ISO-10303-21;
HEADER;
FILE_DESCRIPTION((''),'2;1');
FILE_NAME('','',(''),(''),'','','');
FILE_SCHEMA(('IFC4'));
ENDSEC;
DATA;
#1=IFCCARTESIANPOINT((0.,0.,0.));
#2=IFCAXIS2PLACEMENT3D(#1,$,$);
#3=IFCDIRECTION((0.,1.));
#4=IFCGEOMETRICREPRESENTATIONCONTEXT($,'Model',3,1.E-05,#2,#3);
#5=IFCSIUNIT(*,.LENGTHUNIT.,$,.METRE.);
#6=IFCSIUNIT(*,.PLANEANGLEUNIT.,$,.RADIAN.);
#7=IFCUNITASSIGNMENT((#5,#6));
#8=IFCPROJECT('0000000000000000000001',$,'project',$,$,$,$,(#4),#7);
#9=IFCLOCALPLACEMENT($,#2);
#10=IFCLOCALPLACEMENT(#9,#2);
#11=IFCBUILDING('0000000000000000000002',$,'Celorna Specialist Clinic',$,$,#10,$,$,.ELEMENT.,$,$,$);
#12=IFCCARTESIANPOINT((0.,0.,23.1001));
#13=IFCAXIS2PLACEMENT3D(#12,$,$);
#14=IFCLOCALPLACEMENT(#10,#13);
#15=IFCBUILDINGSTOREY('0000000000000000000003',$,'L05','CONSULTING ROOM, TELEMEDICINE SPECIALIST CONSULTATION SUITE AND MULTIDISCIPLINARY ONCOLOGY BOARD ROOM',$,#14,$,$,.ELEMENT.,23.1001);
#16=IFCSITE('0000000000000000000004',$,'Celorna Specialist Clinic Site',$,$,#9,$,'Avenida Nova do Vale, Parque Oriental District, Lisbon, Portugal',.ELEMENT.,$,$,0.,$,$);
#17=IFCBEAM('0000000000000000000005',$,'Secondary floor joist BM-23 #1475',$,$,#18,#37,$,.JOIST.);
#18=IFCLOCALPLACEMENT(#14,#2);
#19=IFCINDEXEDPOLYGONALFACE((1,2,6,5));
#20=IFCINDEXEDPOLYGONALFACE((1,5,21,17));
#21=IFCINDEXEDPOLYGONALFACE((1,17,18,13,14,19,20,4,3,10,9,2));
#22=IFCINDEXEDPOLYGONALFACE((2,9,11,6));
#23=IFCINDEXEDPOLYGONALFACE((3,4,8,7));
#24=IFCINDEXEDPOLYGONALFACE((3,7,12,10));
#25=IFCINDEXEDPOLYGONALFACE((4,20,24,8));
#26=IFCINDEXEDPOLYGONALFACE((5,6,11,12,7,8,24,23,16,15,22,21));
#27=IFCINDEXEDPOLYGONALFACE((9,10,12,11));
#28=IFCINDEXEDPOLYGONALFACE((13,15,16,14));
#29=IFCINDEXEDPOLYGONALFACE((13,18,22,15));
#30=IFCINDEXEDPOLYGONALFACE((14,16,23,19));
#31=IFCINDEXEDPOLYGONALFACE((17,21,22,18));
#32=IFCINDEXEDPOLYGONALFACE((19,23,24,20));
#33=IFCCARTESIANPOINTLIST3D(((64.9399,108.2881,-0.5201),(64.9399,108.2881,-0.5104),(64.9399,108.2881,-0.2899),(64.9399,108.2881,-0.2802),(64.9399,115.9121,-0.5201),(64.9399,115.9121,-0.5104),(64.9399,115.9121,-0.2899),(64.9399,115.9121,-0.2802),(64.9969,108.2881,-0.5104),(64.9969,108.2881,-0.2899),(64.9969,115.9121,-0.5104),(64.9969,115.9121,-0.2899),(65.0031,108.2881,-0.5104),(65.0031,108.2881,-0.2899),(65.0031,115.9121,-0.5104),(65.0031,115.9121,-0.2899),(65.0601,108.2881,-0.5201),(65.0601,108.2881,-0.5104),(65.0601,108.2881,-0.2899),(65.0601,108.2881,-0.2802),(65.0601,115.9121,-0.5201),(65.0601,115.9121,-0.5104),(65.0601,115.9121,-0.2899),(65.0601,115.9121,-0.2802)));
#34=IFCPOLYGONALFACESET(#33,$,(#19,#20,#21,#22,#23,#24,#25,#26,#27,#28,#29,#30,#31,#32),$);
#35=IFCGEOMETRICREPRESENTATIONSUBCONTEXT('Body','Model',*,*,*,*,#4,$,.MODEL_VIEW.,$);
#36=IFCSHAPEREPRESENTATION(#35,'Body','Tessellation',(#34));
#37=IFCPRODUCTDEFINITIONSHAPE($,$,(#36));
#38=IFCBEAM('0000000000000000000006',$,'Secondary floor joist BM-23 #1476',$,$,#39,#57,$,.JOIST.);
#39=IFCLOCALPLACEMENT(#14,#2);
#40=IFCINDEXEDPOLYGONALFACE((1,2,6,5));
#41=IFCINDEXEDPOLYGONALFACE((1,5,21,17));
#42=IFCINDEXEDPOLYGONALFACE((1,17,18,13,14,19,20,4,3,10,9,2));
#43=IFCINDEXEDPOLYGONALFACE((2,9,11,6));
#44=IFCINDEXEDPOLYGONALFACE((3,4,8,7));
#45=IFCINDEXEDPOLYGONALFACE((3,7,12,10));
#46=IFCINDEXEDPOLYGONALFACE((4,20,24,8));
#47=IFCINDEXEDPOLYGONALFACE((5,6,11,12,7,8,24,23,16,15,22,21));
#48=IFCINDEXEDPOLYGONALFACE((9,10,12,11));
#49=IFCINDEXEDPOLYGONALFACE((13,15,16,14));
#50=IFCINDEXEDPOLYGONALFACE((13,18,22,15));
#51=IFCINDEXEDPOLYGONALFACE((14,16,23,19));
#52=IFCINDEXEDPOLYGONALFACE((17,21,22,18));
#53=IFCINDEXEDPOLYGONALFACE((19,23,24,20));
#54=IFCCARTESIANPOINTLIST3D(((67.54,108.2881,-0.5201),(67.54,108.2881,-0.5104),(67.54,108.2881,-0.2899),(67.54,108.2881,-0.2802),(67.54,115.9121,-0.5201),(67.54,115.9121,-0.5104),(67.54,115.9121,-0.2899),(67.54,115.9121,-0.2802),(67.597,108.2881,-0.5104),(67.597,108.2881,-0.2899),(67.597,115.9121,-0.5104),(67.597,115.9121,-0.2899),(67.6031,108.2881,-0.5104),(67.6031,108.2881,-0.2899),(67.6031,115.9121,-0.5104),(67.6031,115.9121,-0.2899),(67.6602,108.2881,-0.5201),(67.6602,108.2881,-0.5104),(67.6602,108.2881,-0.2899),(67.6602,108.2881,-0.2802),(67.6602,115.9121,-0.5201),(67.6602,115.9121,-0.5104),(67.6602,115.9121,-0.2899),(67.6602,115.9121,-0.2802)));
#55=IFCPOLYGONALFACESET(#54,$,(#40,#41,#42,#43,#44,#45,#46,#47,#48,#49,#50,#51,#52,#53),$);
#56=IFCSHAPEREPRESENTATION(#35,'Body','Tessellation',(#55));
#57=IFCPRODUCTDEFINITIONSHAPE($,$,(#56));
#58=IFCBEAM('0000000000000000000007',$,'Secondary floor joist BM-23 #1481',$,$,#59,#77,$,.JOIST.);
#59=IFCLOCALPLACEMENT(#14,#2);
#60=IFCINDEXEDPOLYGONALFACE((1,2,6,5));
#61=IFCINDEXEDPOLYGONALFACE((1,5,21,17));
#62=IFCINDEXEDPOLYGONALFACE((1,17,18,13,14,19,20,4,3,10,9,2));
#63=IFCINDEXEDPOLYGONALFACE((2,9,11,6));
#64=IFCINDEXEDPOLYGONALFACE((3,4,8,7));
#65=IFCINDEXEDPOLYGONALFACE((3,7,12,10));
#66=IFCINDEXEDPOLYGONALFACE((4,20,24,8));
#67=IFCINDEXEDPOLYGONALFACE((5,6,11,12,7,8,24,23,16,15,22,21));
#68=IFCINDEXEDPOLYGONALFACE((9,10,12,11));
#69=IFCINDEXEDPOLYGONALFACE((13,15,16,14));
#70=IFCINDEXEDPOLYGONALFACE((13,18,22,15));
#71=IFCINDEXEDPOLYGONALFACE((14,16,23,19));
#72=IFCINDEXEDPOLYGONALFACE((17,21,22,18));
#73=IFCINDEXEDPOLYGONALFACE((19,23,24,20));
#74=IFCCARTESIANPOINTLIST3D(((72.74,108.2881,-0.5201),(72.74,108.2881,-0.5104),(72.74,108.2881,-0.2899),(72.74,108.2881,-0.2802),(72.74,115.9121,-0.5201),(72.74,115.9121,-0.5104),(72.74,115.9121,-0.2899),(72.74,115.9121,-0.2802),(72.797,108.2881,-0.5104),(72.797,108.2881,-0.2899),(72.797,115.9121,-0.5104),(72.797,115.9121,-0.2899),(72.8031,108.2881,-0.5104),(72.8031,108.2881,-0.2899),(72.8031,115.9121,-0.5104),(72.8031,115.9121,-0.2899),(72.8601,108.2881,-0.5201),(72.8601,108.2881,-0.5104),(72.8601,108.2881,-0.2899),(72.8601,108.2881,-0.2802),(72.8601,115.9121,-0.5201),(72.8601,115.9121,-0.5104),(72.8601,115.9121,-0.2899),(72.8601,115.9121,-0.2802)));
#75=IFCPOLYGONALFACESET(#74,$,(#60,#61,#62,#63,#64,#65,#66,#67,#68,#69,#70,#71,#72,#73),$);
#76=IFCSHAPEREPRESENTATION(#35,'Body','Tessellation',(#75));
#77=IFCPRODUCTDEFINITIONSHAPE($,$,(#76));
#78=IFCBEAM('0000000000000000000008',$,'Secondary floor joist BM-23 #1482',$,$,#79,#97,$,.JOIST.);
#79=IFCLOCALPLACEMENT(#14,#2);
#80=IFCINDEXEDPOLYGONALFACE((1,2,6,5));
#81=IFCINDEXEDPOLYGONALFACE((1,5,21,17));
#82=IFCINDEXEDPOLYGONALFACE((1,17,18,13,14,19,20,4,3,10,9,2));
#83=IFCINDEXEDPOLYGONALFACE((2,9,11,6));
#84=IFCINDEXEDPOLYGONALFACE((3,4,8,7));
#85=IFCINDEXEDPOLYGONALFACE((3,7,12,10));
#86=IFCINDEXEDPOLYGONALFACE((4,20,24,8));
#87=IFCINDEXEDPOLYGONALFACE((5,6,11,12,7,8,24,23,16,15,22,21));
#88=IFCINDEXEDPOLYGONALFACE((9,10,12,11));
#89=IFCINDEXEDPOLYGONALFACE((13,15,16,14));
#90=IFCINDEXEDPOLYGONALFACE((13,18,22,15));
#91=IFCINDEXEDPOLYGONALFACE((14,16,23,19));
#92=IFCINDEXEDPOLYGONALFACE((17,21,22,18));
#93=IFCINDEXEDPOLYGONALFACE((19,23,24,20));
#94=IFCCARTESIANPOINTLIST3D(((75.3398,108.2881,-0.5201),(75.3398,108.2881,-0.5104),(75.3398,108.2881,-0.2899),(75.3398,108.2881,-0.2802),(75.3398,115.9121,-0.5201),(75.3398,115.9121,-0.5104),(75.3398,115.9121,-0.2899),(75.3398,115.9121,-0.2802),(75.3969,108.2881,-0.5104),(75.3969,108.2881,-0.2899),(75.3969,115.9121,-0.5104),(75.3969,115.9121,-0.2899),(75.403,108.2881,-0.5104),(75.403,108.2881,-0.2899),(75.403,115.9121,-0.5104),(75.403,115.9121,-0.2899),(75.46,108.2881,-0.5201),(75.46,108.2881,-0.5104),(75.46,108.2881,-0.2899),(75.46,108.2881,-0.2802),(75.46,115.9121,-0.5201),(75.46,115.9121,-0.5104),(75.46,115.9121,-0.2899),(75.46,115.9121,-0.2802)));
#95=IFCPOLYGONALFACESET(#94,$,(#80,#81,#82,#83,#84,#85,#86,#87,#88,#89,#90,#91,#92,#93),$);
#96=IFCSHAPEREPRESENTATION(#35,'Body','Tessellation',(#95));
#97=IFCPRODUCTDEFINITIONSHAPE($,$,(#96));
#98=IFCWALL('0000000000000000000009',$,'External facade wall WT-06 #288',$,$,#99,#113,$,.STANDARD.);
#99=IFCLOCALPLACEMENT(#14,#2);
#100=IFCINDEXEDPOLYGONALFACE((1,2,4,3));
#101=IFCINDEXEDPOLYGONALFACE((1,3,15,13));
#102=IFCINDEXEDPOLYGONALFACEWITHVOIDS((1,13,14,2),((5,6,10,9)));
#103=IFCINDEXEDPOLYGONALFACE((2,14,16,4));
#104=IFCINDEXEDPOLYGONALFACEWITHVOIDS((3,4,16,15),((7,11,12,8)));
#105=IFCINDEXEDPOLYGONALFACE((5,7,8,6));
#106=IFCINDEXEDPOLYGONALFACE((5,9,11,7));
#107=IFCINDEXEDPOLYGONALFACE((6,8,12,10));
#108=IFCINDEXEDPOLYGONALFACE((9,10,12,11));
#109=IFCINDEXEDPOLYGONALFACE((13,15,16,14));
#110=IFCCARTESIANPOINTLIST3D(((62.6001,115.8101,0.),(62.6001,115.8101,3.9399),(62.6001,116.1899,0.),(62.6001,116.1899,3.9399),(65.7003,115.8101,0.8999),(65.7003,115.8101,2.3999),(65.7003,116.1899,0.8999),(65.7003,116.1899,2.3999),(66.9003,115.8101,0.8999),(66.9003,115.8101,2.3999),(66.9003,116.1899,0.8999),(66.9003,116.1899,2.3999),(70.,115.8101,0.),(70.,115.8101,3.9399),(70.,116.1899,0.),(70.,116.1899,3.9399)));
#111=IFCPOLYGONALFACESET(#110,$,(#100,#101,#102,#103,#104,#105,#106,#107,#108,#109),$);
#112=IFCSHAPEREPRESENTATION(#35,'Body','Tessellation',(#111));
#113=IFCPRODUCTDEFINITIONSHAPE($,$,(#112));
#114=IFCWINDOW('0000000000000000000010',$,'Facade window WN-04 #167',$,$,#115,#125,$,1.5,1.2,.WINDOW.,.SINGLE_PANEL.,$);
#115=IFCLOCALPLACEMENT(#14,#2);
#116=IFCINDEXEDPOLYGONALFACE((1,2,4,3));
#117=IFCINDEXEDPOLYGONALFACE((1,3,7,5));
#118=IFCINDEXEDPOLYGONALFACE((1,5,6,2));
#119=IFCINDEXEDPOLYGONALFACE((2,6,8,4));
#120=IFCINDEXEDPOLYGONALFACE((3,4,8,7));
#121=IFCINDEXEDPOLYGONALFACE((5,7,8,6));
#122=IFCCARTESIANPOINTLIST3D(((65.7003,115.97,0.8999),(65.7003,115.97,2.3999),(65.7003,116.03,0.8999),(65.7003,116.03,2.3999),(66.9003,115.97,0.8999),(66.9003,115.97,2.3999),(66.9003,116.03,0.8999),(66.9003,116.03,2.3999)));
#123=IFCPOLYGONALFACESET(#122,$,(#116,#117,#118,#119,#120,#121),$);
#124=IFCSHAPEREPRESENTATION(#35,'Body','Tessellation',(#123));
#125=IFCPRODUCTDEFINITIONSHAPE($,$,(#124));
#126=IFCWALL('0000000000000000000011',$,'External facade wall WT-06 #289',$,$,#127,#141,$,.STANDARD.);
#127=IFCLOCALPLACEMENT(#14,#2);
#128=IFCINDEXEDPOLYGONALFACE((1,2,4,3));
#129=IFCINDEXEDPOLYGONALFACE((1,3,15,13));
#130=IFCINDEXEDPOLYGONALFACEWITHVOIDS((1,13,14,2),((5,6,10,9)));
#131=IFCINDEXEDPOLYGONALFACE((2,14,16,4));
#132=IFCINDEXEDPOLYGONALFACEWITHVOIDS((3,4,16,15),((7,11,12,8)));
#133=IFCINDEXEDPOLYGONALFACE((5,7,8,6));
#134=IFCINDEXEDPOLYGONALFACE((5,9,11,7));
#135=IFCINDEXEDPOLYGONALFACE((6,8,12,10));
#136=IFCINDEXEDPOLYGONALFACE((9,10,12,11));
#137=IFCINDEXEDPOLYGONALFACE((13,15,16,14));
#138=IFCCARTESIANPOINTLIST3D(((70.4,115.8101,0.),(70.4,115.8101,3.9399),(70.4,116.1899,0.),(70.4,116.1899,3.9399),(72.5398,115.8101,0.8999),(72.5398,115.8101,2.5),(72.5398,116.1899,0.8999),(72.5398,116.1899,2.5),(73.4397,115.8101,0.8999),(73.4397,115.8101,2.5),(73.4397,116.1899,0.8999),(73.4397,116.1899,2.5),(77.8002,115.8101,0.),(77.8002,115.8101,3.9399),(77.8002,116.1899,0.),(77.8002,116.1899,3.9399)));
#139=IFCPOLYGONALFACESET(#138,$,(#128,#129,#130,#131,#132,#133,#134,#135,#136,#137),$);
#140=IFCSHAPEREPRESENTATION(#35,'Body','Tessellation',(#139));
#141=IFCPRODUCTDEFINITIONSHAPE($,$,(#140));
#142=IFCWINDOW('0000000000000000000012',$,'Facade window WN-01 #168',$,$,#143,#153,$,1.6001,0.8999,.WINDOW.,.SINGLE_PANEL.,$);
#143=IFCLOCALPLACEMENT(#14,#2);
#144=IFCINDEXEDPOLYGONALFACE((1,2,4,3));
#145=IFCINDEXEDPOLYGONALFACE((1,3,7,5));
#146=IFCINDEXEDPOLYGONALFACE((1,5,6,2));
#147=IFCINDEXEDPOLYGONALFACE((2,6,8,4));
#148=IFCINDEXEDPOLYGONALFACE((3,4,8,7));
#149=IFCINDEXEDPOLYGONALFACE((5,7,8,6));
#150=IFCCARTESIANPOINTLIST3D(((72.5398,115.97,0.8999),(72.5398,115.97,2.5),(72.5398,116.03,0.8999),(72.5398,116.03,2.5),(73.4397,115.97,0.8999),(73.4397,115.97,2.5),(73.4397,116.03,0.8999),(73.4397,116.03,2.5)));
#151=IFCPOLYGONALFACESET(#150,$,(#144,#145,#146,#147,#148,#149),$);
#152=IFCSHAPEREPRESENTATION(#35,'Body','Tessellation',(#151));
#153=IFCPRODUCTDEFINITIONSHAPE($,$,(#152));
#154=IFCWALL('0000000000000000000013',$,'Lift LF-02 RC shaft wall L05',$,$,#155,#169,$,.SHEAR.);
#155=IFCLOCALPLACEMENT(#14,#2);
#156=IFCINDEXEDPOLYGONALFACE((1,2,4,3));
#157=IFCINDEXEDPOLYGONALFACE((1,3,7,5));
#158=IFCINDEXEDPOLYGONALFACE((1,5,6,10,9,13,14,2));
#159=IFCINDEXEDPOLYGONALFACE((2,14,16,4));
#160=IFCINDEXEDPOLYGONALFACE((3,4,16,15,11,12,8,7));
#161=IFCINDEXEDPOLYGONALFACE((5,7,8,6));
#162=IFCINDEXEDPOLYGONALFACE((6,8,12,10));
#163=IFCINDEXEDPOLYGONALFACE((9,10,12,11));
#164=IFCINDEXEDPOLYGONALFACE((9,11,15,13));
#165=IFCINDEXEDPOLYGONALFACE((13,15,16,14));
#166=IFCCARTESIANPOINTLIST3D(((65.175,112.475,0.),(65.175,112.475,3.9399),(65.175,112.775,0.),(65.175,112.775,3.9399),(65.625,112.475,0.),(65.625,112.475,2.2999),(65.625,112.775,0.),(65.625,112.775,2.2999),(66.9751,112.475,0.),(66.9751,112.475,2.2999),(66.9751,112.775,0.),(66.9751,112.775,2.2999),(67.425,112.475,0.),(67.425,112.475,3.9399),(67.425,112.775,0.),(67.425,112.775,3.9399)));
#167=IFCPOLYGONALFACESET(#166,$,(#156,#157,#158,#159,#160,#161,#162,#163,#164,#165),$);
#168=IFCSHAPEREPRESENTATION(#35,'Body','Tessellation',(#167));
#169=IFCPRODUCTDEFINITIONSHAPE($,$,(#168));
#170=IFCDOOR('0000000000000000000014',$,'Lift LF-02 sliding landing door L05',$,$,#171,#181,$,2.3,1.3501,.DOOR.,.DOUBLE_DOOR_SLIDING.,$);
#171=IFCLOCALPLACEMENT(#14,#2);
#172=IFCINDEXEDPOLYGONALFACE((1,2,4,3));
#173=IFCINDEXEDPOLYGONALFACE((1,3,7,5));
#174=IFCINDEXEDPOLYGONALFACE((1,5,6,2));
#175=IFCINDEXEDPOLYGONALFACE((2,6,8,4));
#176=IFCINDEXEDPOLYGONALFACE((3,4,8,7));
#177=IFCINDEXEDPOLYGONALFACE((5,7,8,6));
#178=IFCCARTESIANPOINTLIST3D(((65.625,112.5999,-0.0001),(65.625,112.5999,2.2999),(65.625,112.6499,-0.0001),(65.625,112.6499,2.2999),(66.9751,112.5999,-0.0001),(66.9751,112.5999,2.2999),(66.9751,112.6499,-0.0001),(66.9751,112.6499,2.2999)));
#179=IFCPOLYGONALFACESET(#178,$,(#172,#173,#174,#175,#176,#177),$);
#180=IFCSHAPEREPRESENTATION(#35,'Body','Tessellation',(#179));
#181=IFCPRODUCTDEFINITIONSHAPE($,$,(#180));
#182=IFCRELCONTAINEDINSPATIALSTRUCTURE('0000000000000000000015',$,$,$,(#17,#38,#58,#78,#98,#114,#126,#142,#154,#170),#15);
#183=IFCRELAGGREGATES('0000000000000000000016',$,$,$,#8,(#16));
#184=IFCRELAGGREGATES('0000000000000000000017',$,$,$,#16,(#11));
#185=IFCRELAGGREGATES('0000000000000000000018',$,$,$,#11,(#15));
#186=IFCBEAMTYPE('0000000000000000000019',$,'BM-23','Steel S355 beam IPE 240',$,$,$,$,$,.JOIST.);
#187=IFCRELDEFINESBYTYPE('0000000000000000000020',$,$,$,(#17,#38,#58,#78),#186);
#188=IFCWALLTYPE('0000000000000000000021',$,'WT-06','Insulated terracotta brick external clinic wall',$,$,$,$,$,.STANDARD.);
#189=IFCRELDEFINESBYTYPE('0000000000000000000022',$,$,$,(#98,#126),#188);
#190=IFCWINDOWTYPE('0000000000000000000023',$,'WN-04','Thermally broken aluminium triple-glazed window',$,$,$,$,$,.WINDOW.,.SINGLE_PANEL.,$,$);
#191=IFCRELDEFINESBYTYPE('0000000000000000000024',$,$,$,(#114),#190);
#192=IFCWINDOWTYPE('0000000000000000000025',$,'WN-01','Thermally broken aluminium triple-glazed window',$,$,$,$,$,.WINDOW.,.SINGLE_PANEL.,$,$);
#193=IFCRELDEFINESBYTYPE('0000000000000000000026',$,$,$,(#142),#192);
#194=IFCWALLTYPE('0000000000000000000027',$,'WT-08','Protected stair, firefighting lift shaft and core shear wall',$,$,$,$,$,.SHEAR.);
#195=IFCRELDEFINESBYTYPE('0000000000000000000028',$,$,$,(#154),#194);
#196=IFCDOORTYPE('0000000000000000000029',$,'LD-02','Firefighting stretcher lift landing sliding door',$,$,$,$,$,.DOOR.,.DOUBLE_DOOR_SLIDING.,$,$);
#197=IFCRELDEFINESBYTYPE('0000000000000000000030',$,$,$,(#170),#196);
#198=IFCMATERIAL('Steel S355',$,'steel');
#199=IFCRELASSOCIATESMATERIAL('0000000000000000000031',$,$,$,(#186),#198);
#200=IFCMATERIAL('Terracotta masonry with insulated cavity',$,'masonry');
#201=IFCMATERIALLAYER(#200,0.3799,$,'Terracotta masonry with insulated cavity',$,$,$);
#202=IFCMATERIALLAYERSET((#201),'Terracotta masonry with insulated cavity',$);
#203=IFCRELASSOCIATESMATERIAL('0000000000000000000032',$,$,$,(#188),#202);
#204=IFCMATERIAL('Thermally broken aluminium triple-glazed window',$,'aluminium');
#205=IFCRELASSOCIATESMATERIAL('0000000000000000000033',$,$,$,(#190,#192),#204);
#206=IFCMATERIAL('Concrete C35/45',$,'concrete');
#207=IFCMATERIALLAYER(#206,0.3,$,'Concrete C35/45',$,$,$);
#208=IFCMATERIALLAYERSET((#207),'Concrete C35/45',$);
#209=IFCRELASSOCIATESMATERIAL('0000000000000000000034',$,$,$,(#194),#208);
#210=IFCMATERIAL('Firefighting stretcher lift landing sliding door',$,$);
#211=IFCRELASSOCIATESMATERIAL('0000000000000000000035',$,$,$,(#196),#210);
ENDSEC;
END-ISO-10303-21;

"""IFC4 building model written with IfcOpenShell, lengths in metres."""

from ifc_helpers import new_model, si_unit, direction, frame, frame_2d, origin, origin_2d, place, context, subcontext, project, spatial, rectangle, i_section, extrude, material, layer, layer_set, material_profile, profile_set, type_object, element, fill, save


model = new_model("IFC4")

# Units and contexts
model_context = context("Model", 3, precision=1e-05, world=origin(), true_north=direction((0.0, 1.0)))
body_context = subcontext(model_context, "Body", "Model", "MODEL_VIEW")
ifc_project = project(units=[si_unit("LENGTHUNIT", "METRE"), si_unit("PLANEANGLEUNIT", "RADIAN")], contexts=[model_context])

# Site, building, storey
site_placement = place(None, origin())
site = spatial("IfcSite", under=ifc_project, at=site_placement, Name="Celorna Specialist Clinic Site", LongName="Avenida Nova do Vale, Parque Oriental District, Lisbon, Portugal", CompositionType="ELEMENT", RefElevation=0.0)
building_placement = place(site_placement, origin())
building = spatial("IfcBuilding", under=site, at=building_placement, Name="Celorna Specialist Clinic", CompositionType="ELEMENT")
storey_placement = place(building_placement, frame((0.0, 0.0, 23.1001)))
storey = spatial("IfcBuildingStorey", under=building, at=storey_placement, Name="L05", Description="CONSULTING ROOM, TELEMEDICINE SPECIALIST CONSULTATION SUITE AND MULTIDISCIPLINARY ONCOLOGY BOARD ROOM", CompositionType="ELEMENT", Elevation=23.1001)

# Shared definitions
ifc_material_1 = material(Name="Concrete C35/45", Category="concrete")

# Beams
ifc_material_2 = material(Name="Steel S355", Category="steel")
ifc_material_profile_1 = material_profile(ifc_material_2, i_section(OverallWidth=0.1201, OverallDepth=0.24, WebThickness=0.0061, FlangeThickness=0.0098, at=origin_2d()), Name="IPE 240")
ifc_profile_set_1 = profile_set([ifc_material_profile_1], Name="Steel S355")
beam_type_1 = type_object("IfcBeamType", Name="BM-23", Description="Steel S355 beam IPE 240", PredefinedType="JOIST", material=ifc_profile_set_1)
for number, where, z_axis, x_axis, name in (
    (1, (65.0, 108.2881, -0.4001), (0.0, 1.0, 0.0), (-1.0, 0.0, 0.0), "Secondary floor joist BM-23 #1475"),
    (2, (67.6001, 108.2881, -0.4001), (0.0, 1.0, 0.0), (-1.0, 0.0, 0.0), "Secondary floor joist BM-23 #1476"),
    (3, (72.8, 108.2881, -0.4001), (0.0, 1.0, 0.0), (-1.0, 0.0, 0.0), "Secondary floor joist BM-23 #1481"),
    (4, (75.3999, 108.2881, -0.4001), (0.0, 1.0, 0.0), (-1.0, 0.0, 0.0), "Secondary floor joist BM-23 #1482"),
):
    element("IfcBeam", number, at=place(storey_placement, frame(where, z_axis=z_axis, x_axis=x_axis)), inside=storey, type_object=beam_type_1, Name=name, PredefinedType="JOIST", context=body_context, shape_type="SweptSolid", body=[
        extrude(i_section(OverallWidth=0.1201, OverallDepth=0.24, WebThickness=0.0061, FlangeThickness=0.0098, at=origin_2d()), origin(), (0.0, 0.0, 1.0), 7.624),
    ])

# Walls, openings, windows
ifc_material_3 = material(Name="Terracotta masonry with insulated cavity", Category="masonry")
ifc_layer_1 = layer(ifc_material_3, 0.3799, Name="Terracotta masonry with insulated cavity")
ifc_layer_set_1 = layer_set([ifc_layer_1], Name="Terracotta masonry with insulated cavity")
wall_type_1 = type_object("IfcWallType", Name="WT-06", Description="Insulated terracotta brick external clinic wall", PredefinedType="STANDARD", material=ifc_layer_set_1)
wall_1_placement = place(storey_placement, frame((62.6001, 116.0, 0.0), z_axis=(0.0, 0.0, 1.0), x_axis=(1.0, 0.0, 0.0)))
wall_1 = element("IfcWall", 5, at=wall_1_placement, inside=storey, type_object=wall_type_1, Name="External facade wall WT-06 #288", PredefinedType="STANDARD", context=body_context, shape_type="SweptSolid", body=[
    extrude(rectangle(XDim=7.3999, YDim=0.3799, at=frame_2d((3.7, 0.0))), origin(), (0.0, 0.0, 1.0), 3.9399),
])
opening_1_placement = place(wall_1_placement, frame((3.1001, 0.0, 0.8999)))
opening_1 = element("IfcOpeningElement", 6, at=opening_1_placement, cuts=wall_1, PredefinedType="OPENING", context=body_context, shape_type="SweptSolid", body=[
    extrude(rectangle(XDim=1.2, YDim=1.5, at=frame_2d((0.6001, 0.75))), frame((0.0, 0.2, 0.0), z_axis=(0.0, -1.0, 0.0), x_axis=(1.0, 0.0, 0.0)), (0.0, 0.0, 1.0), 0.3999),
])
ifc_material_4 = material(Name="Thermally broken aluminium triple-glazed window", Category="aluminium")
window_type_1 = type_object("IfcWindowType", Name="WN-04", Description="Thermally broken aluminium triple-glazed window", PartitioningType="SINGLE_PANEL", PredefinedType="WINDOW", material=ifc_material_4)
window_1_placement = place(opening_1_placement, origin())
window_1 = element("IfcWindow", 7, at=window_1_placement, inside=storey, type_object=window_type_1, Name="Facade window WN-04 #167", OverallHeight=1.5, OverallWidth=1.2, PartitioningType="SINGLE_PANEL", PredefinedType="WINDOW", context=body_context, shape_type="SweptSolid", body=[
    extrude(rectangle(XDim=1.2, YDim=1.5, at=frame_2d((0.6001, 0.75))), frame((0.0, 0.03, 0.0), z_axis=(0.0, -1.0, 0.0), x_axis=(1.0, 0.0, 0.0)), (0.0, 0.0, 1.0), 0.0601),
])
fill(opening_1, window_1)
wall_2_placement = place(storey_placement, frame((70.3999, 116.0, 0.0), z_axis=(0.0, 0.0, 1.0), x_axis=(1.0, 0.0, 0.0)))
wall_2 = element("IfcWall", 8, at=wall_2_placement, inside=storey, type_object=wall_type_1, Name="External facade wall WT-06 #289", PredefinedType="STANDARD", context=body_context, shape_type="SweptSolid", body=[
    extrude(rectangle(XDim=7.4001, YDim=0.3799, at=frame_2d((3.7002, 0.0))), origin(), (0.0, 0.0, 1.0), 3.9399),
])
opening_2_placement = place(wall_2_placement, frame((2.1399, 0.0, 0.8999)))
opening_2 = element("IfcOpeningElement", 9, at=opening_2_placement, cuts=wall_2, PredefinedType="OPENING", context=body_context, shape_type="SweptSolid", body=[
    extrude(rectangle(XDim=0.8999, YDim=1.6001, at=frame_2d((0.45, 0.8))), frame((0.0, 0.2, 0.0), z_axis=(0.0, -1.0, 0.0), x_axis=(1.0, 0.0, 0.0)), (0.0, 0.0, 1.0), 0.3999),
])
window_type_2 = type_object("IfcWindowType", Name="WN-01", Description="Thermally broken aluminium triple-glazed window", PartitioningType="SINGLE_PANEL", PredefinedType="WINDOW", material=ifc_material_4)
window_2_placement = place(opening_2_placement, origin())
window_2 = element("IfcWindow", 10, at=window_2_placement, inside=storey, type_object=window_type_2, Name="Facade window WN-01 #168", OverallHeight=1.6001, OverallWidth=0.8999, PartitioningType="SINGLE_PANEL", PredefinedType="WINDOW", context=body_context, shape_type="SweptSolid", body=[
    extrude(rectangle(XDim=0.8999, YDim=1.6001, at=frame_2d((0.45, 0.8))), frame((0.0, 0.03, 0.0), z_axis=(0.0, -1.0, 0.0), x_axis=(1.0, 0.0, 0.0)), (0.0, 0.0, 1.0), 0.0601),
])
fill(opening_2, window_2)

# Wall, opening, door
ifc_layer_2 = layer(ifc_material_1, 0.3, Name="Concrete C35/45")
ifc_layer_set_2 = layer_set([ifc_layer_2], Name="Concrete C35/45")
wall_type_2 = type_object("IfcWallType", Name="WT-08", Description="Protected stair, firefighting lift shaft and core shear wall", PredefinedType="SHEAR", material=ifc_layer_set_2)
wall_3_placement = place(storey_placement, frame((65.175, 112.625, 0.0), z_axis=(0.0, 0.0, 1.0), x_axis=(1.0, 0.0, 0.0)))
wall_3 = element("IfcWall", 11, at=wall_3_placement, inside=storey, type_object=wall_type_2, Name="Lift LF-02 RC shaft wall L05", PredefinedType="SHEAR", context=body_context, shape_type="SweptSolid", body=[
    extrude(rectangle(XDim=2.25, YDim=0.3, at=frame_2d((1.125, 0.0))), origin(), (0.0, 0.0, 1.0), 3.9399),
])
opening_3_placement = place(wall_3_placement, frame((0.45, 0.0, 0.0)))
opening_3 = element("IfcOpeningElement", 12, at=opening_3_placement, cuts=wall_3, PredefinedType="OPENING", context=body_context, shape_type="SweptSolid", body=[
    extrude(rectangle(XDim=1.3501, YDim=2.3, at=frame_2d((0.675, 1.1499))), frame((0.0, 0.1599, 0.0), z_axis=(0.0, -1.0, 0.0), x_axis=(1.0, 0.0, 0.0)), (0.0, 0.0, 1.0), 0.3201),
])
ifc_material_5 = material(Name="Firefighting stretcher lift landing sliding door")
door_type = type_object("IfcDoorType", Name="LD-02", Description="Firefighting stretcher lift landing sliding door", OperationType="DOUBLE_DOOR_SLIDING", PredefinedType="DOOR", material=ifc_material_5)
door_placement = place(opening_3_placement, origin())
door = element("IfcDoor", 13, at=door_placement, inside=storey, type_object=door_type, Name="Lift LF-02 sliding landing door L05", OperationType="DOUBLE_DOOR_SLIDING", OverallHeight=2.3, OverallWidth=1.3501, PredefinedType="DOOR", context=body_context, shape_type="SweptSolid", body=[
    extrude(rectangle(XDim=1.3501, YDim=2.3, at=frame_2d((0.675, 1.1499))), frame((0.0, 0.0249, 0.0), z_axis=(0.0, -1.0, 0.0), x_axis=(1.0, 0.0, 0.0)), (0.0, 0.0, 1.0), 0.05),
])
fill(opening_3, door)

save(model, "model.ifc")
